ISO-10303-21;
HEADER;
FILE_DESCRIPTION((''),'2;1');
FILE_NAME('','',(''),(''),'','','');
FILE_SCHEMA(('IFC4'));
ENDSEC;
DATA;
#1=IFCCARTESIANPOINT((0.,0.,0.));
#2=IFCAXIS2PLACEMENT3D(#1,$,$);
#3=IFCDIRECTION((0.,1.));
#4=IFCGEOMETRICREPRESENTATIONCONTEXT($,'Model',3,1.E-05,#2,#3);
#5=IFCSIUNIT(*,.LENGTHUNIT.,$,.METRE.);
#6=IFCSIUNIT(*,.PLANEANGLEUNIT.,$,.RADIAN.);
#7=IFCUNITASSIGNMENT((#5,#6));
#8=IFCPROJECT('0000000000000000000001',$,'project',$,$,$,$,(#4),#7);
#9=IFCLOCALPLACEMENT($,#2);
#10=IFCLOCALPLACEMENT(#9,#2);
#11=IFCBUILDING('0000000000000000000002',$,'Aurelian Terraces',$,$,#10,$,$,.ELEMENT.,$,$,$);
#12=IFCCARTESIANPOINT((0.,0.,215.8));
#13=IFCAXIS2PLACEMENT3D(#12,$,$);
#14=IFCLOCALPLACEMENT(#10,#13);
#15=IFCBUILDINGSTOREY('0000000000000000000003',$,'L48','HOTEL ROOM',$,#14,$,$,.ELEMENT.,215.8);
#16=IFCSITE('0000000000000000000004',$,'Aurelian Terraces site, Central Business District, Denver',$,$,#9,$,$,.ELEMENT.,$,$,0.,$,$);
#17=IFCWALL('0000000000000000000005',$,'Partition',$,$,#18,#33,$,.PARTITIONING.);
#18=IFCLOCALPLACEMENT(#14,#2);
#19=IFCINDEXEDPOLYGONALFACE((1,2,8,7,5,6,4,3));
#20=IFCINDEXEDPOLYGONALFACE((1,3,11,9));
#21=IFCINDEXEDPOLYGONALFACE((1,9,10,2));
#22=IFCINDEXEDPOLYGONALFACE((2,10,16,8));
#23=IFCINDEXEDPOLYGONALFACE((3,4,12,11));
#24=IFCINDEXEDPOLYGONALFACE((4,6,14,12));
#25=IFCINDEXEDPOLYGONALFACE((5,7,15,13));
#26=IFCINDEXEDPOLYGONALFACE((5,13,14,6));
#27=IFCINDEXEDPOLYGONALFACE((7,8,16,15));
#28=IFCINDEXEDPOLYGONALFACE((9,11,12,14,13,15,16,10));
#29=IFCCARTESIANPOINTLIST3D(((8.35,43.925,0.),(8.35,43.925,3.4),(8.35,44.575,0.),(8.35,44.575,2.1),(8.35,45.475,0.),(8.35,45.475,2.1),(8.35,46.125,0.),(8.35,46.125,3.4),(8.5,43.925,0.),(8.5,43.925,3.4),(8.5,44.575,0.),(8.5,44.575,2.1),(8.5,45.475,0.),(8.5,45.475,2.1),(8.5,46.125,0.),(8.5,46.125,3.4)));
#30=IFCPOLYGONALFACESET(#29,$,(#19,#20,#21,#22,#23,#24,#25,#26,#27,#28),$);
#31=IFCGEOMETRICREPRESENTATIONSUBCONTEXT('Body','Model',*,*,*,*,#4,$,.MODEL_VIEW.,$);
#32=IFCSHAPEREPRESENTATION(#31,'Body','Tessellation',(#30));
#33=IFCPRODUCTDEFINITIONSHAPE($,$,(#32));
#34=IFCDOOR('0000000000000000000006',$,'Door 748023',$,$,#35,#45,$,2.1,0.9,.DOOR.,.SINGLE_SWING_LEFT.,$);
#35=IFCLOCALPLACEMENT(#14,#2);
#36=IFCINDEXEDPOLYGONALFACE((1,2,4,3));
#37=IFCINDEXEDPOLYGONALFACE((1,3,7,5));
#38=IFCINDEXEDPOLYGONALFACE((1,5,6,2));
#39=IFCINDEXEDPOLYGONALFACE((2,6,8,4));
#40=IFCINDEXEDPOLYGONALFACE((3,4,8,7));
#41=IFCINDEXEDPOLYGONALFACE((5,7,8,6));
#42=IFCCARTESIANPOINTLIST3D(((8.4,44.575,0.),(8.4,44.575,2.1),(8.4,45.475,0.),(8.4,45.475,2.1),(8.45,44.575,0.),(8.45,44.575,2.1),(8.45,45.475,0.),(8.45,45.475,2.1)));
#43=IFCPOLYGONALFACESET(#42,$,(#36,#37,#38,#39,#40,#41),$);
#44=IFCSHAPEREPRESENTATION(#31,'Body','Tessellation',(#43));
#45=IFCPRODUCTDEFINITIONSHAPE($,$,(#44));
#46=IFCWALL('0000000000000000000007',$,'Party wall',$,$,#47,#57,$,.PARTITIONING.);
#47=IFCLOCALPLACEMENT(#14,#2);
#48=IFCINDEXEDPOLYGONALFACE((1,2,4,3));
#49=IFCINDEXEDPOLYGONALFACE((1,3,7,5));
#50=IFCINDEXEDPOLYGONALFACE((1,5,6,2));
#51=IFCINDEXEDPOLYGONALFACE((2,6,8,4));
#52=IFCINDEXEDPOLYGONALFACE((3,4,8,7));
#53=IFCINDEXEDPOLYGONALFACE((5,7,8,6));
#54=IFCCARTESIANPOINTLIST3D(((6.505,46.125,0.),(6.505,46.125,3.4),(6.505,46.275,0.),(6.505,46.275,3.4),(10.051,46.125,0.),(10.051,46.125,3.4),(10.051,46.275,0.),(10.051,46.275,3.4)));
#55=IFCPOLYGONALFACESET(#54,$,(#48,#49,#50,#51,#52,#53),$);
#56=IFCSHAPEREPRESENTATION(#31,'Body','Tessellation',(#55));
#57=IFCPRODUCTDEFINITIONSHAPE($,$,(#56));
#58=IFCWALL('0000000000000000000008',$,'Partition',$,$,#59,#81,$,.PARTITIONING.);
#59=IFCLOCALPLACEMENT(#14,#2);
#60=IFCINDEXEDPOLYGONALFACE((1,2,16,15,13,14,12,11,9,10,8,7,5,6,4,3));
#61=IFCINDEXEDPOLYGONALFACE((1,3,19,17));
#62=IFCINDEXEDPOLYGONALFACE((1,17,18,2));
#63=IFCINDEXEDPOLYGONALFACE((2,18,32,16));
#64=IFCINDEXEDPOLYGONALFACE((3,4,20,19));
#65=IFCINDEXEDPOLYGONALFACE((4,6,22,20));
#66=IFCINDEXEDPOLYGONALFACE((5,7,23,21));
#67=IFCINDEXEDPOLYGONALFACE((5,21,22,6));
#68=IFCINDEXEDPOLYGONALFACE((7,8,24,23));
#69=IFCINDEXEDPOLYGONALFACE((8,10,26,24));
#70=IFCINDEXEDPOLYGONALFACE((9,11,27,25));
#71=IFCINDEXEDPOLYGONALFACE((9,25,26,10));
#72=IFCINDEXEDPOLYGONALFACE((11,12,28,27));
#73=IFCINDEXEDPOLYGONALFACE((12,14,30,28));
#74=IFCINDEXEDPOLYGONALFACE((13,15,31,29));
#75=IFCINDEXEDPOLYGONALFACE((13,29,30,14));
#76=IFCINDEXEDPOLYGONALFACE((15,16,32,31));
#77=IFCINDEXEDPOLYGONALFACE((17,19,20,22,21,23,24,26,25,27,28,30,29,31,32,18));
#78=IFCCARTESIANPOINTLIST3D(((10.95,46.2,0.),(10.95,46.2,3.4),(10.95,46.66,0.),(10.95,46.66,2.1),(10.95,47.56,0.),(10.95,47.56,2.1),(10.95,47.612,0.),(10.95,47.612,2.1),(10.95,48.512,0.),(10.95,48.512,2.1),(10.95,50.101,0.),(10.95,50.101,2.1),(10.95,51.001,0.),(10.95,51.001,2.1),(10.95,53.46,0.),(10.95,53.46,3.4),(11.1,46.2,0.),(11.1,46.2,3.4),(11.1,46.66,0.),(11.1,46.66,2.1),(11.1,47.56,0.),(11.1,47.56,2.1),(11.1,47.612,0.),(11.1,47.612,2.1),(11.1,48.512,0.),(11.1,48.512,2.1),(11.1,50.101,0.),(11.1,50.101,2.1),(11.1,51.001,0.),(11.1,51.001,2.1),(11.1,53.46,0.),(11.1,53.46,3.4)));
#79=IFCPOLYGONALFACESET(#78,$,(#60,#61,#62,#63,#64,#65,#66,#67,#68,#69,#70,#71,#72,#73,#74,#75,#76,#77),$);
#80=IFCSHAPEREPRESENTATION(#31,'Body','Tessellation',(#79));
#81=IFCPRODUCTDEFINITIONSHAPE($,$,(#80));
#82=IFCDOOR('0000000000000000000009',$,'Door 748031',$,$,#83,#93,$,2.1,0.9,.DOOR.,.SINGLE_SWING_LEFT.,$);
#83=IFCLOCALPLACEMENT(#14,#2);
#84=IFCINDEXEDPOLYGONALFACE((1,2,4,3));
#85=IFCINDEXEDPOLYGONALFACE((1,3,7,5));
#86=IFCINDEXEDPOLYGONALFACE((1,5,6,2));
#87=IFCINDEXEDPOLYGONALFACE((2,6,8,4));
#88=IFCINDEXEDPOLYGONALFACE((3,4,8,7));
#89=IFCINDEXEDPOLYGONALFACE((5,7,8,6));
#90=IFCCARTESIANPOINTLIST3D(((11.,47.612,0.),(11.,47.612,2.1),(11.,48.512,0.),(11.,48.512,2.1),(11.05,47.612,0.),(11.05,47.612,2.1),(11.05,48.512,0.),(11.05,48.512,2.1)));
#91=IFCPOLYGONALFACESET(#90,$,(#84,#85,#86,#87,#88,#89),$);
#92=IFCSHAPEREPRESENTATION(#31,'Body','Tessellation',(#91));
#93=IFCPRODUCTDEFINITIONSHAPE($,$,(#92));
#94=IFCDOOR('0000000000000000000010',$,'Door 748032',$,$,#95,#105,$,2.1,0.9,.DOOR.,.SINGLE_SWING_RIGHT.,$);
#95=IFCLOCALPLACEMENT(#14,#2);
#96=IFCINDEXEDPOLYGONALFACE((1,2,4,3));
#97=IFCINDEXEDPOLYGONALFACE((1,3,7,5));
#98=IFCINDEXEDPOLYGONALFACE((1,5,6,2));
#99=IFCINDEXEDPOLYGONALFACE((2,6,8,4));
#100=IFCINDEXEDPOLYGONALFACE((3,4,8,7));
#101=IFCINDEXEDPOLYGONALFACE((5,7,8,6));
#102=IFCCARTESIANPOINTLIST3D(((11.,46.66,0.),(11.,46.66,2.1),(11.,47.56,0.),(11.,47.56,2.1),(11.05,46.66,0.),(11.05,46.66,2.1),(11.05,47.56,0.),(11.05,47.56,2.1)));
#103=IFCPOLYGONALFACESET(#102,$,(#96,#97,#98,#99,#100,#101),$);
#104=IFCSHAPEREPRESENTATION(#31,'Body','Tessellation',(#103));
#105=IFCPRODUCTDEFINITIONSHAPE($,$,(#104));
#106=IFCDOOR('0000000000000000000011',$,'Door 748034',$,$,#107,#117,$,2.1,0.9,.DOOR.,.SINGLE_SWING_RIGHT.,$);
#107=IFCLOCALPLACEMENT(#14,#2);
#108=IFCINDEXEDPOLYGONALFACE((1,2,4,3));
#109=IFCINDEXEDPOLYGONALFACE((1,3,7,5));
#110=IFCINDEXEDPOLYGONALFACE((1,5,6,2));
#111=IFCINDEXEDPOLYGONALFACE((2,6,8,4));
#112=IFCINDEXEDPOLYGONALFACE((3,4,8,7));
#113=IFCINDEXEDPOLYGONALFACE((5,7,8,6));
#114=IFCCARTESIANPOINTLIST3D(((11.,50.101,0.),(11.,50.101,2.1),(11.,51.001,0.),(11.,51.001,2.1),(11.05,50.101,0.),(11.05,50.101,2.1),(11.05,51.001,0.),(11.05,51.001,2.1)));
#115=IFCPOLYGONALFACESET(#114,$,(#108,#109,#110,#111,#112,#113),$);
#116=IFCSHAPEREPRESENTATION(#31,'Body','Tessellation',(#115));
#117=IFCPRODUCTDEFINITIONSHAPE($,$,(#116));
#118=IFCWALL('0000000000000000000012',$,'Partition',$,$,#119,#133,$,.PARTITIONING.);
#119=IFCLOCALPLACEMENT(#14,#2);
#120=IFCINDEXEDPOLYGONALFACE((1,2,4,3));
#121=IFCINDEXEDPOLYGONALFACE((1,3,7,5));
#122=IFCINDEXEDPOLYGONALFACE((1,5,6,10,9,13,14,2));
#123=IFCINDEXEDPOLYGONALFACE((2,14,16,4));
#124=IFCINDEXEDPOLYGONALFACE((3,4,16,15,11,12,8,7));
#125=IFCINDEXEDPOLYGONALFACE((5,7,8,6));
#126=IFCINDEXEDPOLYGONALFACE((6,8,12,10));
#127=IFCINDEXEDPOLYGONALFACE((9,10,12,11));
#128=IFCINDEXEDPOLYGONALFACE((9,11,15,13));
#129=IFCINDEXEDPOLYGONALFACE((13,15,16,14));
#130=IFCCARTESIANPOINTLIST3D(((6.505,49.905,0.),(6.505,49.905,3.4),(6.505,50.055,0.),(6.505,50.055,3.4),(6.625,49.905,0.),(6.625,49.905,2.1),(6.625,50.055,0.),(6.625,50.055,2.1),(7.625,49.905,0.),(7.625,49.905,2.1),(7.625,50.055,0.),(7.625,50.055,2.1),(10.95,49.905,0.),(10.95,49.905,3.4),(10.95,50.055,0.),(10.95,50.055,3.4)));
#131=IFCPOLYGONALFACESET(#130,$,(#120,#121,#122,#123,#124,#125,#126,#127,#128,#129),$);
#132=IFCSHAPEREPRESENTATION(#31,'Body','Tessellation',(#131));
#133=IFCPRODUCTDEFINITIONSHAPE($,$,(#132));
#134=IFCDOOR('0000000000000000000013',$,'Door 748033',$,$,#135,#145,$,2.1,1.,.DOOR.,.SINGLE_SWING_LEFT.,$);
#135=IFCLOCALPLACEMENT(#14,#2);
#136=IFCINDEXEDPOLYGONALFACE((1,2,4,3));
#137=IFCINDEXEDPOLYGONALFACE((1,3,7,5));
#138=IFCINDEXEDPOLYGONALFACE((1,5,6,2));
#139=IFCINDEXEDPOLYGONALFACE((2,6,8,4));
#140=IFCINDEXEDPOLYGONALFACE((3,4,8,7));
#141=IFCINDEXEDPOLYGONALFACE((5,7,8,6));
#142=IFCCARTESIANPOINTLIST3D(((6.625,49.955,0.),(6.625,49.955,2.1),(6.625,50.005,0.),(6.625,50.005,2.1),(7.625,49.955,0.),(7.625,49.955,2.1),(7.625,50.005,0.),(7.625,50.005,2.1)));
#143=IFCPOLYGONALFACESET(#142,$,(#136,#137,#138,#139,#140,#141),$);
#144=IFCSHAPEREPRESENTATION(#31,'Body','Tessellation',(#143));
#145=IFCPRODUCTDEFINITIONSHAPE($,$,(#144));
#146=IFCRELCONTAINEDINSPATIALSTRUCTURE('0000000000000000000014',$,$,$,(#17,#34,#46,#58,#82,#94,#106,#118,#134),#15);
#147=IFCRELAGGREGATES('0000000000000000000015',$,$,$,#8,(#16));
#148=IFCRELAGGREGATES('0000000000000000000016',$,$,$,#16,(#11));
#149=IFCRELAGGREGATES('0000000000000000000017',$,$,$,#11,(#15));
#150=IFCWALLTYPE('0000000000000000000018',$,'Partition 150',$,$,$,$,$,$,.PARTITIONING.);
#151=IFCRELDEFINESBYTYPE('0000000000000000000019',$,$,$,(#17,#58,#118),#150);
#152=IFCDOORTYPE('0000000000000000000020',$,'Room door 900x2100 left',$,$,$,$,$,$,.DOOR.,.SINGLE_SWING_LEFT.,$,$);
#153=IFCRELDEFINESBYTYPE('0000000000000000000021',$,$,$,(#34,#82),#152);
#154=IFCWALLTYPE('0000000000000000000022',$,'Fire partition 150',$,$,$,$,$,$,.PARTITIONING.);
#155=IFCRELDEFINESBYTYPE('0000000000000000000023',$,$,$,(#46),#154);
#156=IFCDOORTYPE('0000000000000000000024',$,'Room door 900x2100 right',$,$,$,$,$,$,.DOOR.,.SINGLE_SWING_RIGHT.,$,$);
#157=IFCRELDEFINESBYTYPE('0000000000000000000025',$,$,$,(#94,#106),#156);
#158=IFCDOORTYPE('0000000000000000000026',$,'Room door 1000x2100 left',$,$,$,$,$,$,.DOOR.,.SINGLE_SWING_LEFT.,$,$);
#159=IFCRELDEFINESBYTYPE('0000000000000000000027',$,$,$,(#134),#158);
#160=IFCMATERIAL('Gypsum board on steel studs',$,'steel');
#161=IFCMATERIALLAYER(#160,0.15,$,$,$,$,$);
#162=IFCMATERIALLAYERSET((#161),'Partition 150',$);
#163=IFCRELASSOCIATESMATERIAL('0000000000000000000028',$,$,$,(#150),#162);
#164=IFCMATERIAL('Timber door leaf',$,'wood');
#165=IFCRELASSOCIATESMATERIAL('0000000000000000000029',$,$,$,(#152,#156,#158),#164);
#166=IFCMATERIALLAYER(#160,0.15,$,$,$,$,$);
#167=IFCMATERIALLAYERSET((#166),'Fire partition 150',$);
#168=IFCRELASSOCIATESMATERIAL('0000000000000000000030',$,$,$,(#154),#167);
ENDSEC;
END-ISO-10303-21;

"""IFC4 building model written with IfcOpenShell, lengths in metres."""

from ifc_helpers import new_model, si_unit, direction, frame, frame_2d, origin, place, context, subcontext, project, spatial, rectangle, extrude, source, transform, mapped, material, layer, layer_set, type_object, element, fill, save


model = new_model("IFC4")

# Units and contexts
model_context = context("Model", 3, precision=1e-05, world=origin(), true_north=direction((0.0, 1.0)))
body_context = subcontext(model_context, "Body", "Model", "MODEL_VIEW")
ifc_project = project(units=[si_unit("LENGTHUNIT", "METRE"), si_unit("PLANEANGLEUNIT", "RADIAN")], contexts=[model_context])

# Site, building, storey
site_placement = place(None, origin())
site = spatial("IfcSite", under=ifc_project, at=site_placement, Name="Aurelian Terraces site, Central Business District, Denver", CompositionType="ELEMENT", RefElevation=0.0)
building_placement = place(site_placement, origin())
building = spatial("IfcBuilding", under=site, at=building_placement, Name="Aurelian Terraces", CompositionType="ELEMENT")
storey_placement = place(building_placement, frame((0.0, 0.0, 215.8)))
storey = spatial("IfcBuildingStorey", under=building, at=storey_placement, Name="L48", Description="HOTEL ROOM", CompositionType="ELEMENT", Elevation=215.8)

# Shared definitions
ifc_material_1 = material(Name="Gypsum board on steel studs", Category="steel")
ifc_layer_1 = layer(ifc_material_1, 0.15)
ifc_layer_set_1 = layer_set([ifc_layer_1], Name="Partition 150")
wall_type_1 = type_object("IfcWallType", Name="Partition 150", PredefinedType="PARTITIONING", material=ifc_layer_set_1)

# Wall, opening, door
shared_shape_1 = source(origin(), body_context, "Body", "SweptSolid", [
    extrude(rectangle(XDim=2.2, YDim=0.15, at=frame_2d((1.1, 0.0))), origin(), (0.0, 0.0, 1.0), 3.4),
])
wall_1_placement = place(storey_placement, frame((8.425, 43.925, 0.0), z_axis=(0.0, 0.0, 1.0), x_axis=(0.0, 1.0, 0.0)))
wall_1 = element("IfcWall", 1, at=wall_1_placement, inside=storey, type_object=wall_type_1, Name="Partition", PredefinedType="PARTITIONING", context=body_context, shape_type="MappedRepresentation", body=[
    mapped(shared_shape_1, transform((0.0, 0.0, 0.0), scale=1.0)),
])
shared_shape_2 = source(origin(), body_context, "Body", "SweptSolid", [
    extrude(rectangle(XDim=0.9, YDim=2.1, at=frame_2d((0.45, 1.05))), frame((0.0, 0.085, 0.0), z_axis=(0.0, -1.0, 0.0), x_axis=(1.0, 0.0, 0.0)), (0.0, 0.0, 1.0), 0.17),
])
opening_1_placement = place(wall_1_placement, frame((0.65, 0.0, 0.0)))
opening_1 = element("IfcOpeningElement", 2, at=opening_1_placement, cuts=wall_1, PredefinedType="OPENING", context=body_context, shape_type="MappedRepresentation", body=[
    mapped(shared_shape_2, transform((0.0, 0.0, 0.0), scale=1.0)),
])
ifc_material_2 = material(Name="Timber door leaf", Category="wood")
door_type_1 = type_object("IfcDoorType", Name="Room door 900x2100 left", OperationType="SINGLE_SWING_LEFT", PredefinedType="DOOR", material=ifc_material_2)
shared_shape_3 = source(origin(), body_context, "Body", "SweptSolid", [
    extrude(rectangle(XDim=0.9, YDim=2.1, at=frame_2d((0.45, 1.05))), frame((0.0, 0.025, 0.0), z_axis=(0.0, -1.0, 0.0), x_axis=(1.0, 0.0, 0.0)), (0.0, 0.0, 1.0), 0.05),
])
door_1_placement = place(opening_1_placement, origin())
door_1 = element("IfcDoor", 3, at=door_1_placement, inside=storey, type_object=door_type_1, Name="Door 748023", OperationType="SINGLE_SWING_LEFT", OverallHeight=2.1, OverallWidth=0.9, PredefinedType="DOOR", context=body_context, shape_type="MappedRepresentation", body=[
    mapped(shared_shape_3, transform((0.0, 0.0, 0.0), scale=1.0)),
])
fill(opening_1, door_1)

# Wall
ifc_layer_2 = layer(ifc_material_1, 0.15)
ifc_layer_set_2 = layer_set([ifc_layer_2], Name="Fire partition 150")
wall_type_2 = type_object("IfcWallType", Name="Fire partition 150", PredefinedType="PARTITIONING", material=ifc_layer_set_2)
shared_shape_4 = source(origin(), body_context, "Body", "SweptSolid", [
    extrude(rectangle(XDim=3.546, YDim=0.15, at=frame_2d((1.773, 0.0))), origin(), (0.0, 0.0, 1.0), 3.4),
])
wall_2_placement = place(storey_placement, frame((10.051, 46.2, 0.0), z_axis=(0.0, 0.0, 1.0), x_axis=(-1.0, 0.0, 0.0)))
element("IfcWall", 4, at=wall_2_placement, inside=storey, type_object=wall_type_2, Name="Party wall", PredefinedType="PARTITIONING", context=body_context, shape_type="MappedRepresentation", body=[
    mapped(shared_shape_4, transform((0.0, 0.0, 0.0), scale=1.0)),
])

# Wall, openings, doors
shared_shape_5 = source(origin(), body_context, "Body", "SweptSolid", [
    extrude(rectangle(XDim=7.26, YDim=0.15, at=frame_2d((3.63, 0.0))), origin(), (0.0, 0.0, 1.0), 3.4),
])
wall_3_placement = place(storey_placement, frame((11.025, 46.2, 0.0), z_axis=(0.0, 0.0, 1.0), x_axis=(0.0, 1.0, 0.0)))
wall_3 = element("IfcWall", 5, at=wall_3_placement, inside=storey, type_object=wall_type_1, Name="Partition", PredefinedType="PARTITIONING", context=body_context, shape_type="MappedRepresentation", body=[
    mapped(shared_shape_5, transform((0.0, 0.0, 0.0), scale=1.0)),
])
opening_2_placement = place(wall_3_placement, frame((1.412, 0.0, 0.0)))
opening_2 = element("IfcOpeningElement", 6, at=opening_2_placement, cuts=wall_3, PredefinedType="OPENING", context=body_context, shape_type="MappedRepresentation", body=[
    mapped(shared_shape_2, transform((0.0, 0.0, 0.0), scale=1.0)),
])
opening_3_placement = place(wall_3_placement, frame((0.46, 0.0, 0.0)))
opening_3 = element("IfcOpeningElement", 7, at=opening_3_placement, cuts=wall_3, PredefinedType="OPENING", context=body_context, shape_type="MappedRepresentation", body=[
    mapped(shared_shape_2, transform((0.0, 0.0, 0.0), scale=1.0)),
])
opening_4_placement = place(wall_3_placement, frame((3.901, 0.0, 0.0)))
opening_4 = element("IfcOpeningElement", 8, at=opening_4_placement, cuts=wall_3, PredefinedType="OPENING", context=body_context, shape_type="MappedRepresentation", body=[
    mapped(shared_shape_2, transform((0.0, 0.0, 0.0), scale=1.0)),
])
door_2_placement = place(opening_2_placement, origin())
door_2 = element("IfcDoor", 9, at=door_2_placement, inside=storey, type_object=door_type_1, Name="Door 748031", OperationType="SINGLE_SWING_LEFT", OverallHeight=2.1, OverallWidth=0.9, PredefinedType="DOOR", context=body_context, shape_type="MappedRepresentation", body=[
    mapped(shared_shape_3, transform((0.0, 0.0, 0.0), scale=1.0)),
])
fill(opening_2, door_2)
door_type_2 = type_object("IfcDoorType", Name="Room door 900x2100 right", OperationType="SINGLE_SWING_RIGHT", PredefinedType="DOOR", material=ifc_material_2)
door_3_placement = place(opening_3_placement, origin())
door_3 = element("IfcDoor", 10, at=door_3_placement, inside=storey, type_object=door_type_2, Name="Door 748032", OperationType="SINGLE_SWING_RIGHT", OverallHeight=2.1, OverallWidth=0.9, PredefinedType="DOOR", context=body_context, shape_type="MappedRepresentation", body=[
    mapped(shared_shape_3, transform((0.0, 0.0, 0.0), scale=1.0)),
])
fill(opening_3, door_3)
door_4_placement = place(opening_4_placement, origin())
door_4 = element("IfcDoor", 11, at=door_4_placement, inside=storey, type_object=door_type_2, Name="Door 748034", OperationType="SINGLE_SWING_RIGHT", OverallHeight=2.1, OverallWidth=0.9, PredefinedType="DOOR", context=body_context, shape_type="MappedRepresentation", body=[
    mapped(shared_shape_3, transform((0.0, 0.0, 0.0), scale=1.0)),
])
fill(opening_4, door_4)

# Wall, opening, door
shared_shape_6 = source(origin(), body_context, "Body", "SweptSolid", [
    extrude(rectangle(XDim=4.445, YDim=0.15, at=frame_2d((2.2225, 0.0))), origin(), (0.0, 0.0, 1.0), 3.4),
])
wall_4_placement = place(storey_placement, frame((10.95, 49.98, 0.0), z_axis=(0.0, 0.0, 1.0), x_axis=(-1.0, 0.0, 0.0)))
wall_4 = element("IfcWall", 12, at=wall_4_placement, inside=storey, type_object=wall_type_1, Name="Partition", PredefinedType="PARTITIONING", context=body_context, shape_type="MappedRepresentation", body=[
    mapped(shared_shape_6, transform((0.0, 0.0, 0.0), scale=1.0)),
])
shared_shape_7 = source(origin(), body_context, "Body", "SweptSolid", [
    extrude(rectangle(XDim=1.0, YDim=2.1, at=frame_2d((0.5, 1.05))), frame((0.0, 0.085, 0.0), z_axis=(0.0, -1.0, 0.0), x_axis=(1.0, 0.0, 0.0)), (0.0, 0.0, 1.0), 0.17),
])
opening_5_placement = place(wall_4_placement, frame((3.325, 0.0, 0.0)))
opening_5 = element("IfcOpeningElement", 13, at=opening_5_placement, cuts=wall_4, PredefinedType="OPENING", context=body_context, shape_type="MappedRepresentation", body=[
    mapped(shared_shape_7, transform((0.0, 0.0, 0.0), scale=1.0)),
])
door_type_3 = type_object("IfcDoorType", Name="Room door 1000x2100 left", OperationType="SINGLE_SWING_LEFT", PredefinedType="DOOR", material=ifc_material_2)
shared_shape_8 = source(origin(), body_context, "Body", "SweptSolid", [
    extrude(rectangle(XDim=1.0, YDim=2.1, at=frame_2d((0.5, 1.05))), frame((0.0, 0.025, 0.0), z_axis=(0.0, -1.0, 0.0), x_axis=(1.0, 0.0, 0.0)), (0.0, 0.0, 1.0), 0.05),
])
door_5_placement = place(opening_5_placement, origin())
door_5 = element("IfcDoor", 14, at=door_5_placement, inside=storey, type_object=door_type_3, Name="Door 748033", OperationType="SINGLE_SWING_LEFT", OverallHeight=2.1, OverallWidth=1.0, PredefinedType="DOOR", context=body_context, shape_type="MappedRepresentation", body=[
    mapped(shared_shape_8, transform((0.0, 0.0, 0.0), scale=1.0)),
])
fill(opening_5, door_5)

save(model, "model.ifc")
